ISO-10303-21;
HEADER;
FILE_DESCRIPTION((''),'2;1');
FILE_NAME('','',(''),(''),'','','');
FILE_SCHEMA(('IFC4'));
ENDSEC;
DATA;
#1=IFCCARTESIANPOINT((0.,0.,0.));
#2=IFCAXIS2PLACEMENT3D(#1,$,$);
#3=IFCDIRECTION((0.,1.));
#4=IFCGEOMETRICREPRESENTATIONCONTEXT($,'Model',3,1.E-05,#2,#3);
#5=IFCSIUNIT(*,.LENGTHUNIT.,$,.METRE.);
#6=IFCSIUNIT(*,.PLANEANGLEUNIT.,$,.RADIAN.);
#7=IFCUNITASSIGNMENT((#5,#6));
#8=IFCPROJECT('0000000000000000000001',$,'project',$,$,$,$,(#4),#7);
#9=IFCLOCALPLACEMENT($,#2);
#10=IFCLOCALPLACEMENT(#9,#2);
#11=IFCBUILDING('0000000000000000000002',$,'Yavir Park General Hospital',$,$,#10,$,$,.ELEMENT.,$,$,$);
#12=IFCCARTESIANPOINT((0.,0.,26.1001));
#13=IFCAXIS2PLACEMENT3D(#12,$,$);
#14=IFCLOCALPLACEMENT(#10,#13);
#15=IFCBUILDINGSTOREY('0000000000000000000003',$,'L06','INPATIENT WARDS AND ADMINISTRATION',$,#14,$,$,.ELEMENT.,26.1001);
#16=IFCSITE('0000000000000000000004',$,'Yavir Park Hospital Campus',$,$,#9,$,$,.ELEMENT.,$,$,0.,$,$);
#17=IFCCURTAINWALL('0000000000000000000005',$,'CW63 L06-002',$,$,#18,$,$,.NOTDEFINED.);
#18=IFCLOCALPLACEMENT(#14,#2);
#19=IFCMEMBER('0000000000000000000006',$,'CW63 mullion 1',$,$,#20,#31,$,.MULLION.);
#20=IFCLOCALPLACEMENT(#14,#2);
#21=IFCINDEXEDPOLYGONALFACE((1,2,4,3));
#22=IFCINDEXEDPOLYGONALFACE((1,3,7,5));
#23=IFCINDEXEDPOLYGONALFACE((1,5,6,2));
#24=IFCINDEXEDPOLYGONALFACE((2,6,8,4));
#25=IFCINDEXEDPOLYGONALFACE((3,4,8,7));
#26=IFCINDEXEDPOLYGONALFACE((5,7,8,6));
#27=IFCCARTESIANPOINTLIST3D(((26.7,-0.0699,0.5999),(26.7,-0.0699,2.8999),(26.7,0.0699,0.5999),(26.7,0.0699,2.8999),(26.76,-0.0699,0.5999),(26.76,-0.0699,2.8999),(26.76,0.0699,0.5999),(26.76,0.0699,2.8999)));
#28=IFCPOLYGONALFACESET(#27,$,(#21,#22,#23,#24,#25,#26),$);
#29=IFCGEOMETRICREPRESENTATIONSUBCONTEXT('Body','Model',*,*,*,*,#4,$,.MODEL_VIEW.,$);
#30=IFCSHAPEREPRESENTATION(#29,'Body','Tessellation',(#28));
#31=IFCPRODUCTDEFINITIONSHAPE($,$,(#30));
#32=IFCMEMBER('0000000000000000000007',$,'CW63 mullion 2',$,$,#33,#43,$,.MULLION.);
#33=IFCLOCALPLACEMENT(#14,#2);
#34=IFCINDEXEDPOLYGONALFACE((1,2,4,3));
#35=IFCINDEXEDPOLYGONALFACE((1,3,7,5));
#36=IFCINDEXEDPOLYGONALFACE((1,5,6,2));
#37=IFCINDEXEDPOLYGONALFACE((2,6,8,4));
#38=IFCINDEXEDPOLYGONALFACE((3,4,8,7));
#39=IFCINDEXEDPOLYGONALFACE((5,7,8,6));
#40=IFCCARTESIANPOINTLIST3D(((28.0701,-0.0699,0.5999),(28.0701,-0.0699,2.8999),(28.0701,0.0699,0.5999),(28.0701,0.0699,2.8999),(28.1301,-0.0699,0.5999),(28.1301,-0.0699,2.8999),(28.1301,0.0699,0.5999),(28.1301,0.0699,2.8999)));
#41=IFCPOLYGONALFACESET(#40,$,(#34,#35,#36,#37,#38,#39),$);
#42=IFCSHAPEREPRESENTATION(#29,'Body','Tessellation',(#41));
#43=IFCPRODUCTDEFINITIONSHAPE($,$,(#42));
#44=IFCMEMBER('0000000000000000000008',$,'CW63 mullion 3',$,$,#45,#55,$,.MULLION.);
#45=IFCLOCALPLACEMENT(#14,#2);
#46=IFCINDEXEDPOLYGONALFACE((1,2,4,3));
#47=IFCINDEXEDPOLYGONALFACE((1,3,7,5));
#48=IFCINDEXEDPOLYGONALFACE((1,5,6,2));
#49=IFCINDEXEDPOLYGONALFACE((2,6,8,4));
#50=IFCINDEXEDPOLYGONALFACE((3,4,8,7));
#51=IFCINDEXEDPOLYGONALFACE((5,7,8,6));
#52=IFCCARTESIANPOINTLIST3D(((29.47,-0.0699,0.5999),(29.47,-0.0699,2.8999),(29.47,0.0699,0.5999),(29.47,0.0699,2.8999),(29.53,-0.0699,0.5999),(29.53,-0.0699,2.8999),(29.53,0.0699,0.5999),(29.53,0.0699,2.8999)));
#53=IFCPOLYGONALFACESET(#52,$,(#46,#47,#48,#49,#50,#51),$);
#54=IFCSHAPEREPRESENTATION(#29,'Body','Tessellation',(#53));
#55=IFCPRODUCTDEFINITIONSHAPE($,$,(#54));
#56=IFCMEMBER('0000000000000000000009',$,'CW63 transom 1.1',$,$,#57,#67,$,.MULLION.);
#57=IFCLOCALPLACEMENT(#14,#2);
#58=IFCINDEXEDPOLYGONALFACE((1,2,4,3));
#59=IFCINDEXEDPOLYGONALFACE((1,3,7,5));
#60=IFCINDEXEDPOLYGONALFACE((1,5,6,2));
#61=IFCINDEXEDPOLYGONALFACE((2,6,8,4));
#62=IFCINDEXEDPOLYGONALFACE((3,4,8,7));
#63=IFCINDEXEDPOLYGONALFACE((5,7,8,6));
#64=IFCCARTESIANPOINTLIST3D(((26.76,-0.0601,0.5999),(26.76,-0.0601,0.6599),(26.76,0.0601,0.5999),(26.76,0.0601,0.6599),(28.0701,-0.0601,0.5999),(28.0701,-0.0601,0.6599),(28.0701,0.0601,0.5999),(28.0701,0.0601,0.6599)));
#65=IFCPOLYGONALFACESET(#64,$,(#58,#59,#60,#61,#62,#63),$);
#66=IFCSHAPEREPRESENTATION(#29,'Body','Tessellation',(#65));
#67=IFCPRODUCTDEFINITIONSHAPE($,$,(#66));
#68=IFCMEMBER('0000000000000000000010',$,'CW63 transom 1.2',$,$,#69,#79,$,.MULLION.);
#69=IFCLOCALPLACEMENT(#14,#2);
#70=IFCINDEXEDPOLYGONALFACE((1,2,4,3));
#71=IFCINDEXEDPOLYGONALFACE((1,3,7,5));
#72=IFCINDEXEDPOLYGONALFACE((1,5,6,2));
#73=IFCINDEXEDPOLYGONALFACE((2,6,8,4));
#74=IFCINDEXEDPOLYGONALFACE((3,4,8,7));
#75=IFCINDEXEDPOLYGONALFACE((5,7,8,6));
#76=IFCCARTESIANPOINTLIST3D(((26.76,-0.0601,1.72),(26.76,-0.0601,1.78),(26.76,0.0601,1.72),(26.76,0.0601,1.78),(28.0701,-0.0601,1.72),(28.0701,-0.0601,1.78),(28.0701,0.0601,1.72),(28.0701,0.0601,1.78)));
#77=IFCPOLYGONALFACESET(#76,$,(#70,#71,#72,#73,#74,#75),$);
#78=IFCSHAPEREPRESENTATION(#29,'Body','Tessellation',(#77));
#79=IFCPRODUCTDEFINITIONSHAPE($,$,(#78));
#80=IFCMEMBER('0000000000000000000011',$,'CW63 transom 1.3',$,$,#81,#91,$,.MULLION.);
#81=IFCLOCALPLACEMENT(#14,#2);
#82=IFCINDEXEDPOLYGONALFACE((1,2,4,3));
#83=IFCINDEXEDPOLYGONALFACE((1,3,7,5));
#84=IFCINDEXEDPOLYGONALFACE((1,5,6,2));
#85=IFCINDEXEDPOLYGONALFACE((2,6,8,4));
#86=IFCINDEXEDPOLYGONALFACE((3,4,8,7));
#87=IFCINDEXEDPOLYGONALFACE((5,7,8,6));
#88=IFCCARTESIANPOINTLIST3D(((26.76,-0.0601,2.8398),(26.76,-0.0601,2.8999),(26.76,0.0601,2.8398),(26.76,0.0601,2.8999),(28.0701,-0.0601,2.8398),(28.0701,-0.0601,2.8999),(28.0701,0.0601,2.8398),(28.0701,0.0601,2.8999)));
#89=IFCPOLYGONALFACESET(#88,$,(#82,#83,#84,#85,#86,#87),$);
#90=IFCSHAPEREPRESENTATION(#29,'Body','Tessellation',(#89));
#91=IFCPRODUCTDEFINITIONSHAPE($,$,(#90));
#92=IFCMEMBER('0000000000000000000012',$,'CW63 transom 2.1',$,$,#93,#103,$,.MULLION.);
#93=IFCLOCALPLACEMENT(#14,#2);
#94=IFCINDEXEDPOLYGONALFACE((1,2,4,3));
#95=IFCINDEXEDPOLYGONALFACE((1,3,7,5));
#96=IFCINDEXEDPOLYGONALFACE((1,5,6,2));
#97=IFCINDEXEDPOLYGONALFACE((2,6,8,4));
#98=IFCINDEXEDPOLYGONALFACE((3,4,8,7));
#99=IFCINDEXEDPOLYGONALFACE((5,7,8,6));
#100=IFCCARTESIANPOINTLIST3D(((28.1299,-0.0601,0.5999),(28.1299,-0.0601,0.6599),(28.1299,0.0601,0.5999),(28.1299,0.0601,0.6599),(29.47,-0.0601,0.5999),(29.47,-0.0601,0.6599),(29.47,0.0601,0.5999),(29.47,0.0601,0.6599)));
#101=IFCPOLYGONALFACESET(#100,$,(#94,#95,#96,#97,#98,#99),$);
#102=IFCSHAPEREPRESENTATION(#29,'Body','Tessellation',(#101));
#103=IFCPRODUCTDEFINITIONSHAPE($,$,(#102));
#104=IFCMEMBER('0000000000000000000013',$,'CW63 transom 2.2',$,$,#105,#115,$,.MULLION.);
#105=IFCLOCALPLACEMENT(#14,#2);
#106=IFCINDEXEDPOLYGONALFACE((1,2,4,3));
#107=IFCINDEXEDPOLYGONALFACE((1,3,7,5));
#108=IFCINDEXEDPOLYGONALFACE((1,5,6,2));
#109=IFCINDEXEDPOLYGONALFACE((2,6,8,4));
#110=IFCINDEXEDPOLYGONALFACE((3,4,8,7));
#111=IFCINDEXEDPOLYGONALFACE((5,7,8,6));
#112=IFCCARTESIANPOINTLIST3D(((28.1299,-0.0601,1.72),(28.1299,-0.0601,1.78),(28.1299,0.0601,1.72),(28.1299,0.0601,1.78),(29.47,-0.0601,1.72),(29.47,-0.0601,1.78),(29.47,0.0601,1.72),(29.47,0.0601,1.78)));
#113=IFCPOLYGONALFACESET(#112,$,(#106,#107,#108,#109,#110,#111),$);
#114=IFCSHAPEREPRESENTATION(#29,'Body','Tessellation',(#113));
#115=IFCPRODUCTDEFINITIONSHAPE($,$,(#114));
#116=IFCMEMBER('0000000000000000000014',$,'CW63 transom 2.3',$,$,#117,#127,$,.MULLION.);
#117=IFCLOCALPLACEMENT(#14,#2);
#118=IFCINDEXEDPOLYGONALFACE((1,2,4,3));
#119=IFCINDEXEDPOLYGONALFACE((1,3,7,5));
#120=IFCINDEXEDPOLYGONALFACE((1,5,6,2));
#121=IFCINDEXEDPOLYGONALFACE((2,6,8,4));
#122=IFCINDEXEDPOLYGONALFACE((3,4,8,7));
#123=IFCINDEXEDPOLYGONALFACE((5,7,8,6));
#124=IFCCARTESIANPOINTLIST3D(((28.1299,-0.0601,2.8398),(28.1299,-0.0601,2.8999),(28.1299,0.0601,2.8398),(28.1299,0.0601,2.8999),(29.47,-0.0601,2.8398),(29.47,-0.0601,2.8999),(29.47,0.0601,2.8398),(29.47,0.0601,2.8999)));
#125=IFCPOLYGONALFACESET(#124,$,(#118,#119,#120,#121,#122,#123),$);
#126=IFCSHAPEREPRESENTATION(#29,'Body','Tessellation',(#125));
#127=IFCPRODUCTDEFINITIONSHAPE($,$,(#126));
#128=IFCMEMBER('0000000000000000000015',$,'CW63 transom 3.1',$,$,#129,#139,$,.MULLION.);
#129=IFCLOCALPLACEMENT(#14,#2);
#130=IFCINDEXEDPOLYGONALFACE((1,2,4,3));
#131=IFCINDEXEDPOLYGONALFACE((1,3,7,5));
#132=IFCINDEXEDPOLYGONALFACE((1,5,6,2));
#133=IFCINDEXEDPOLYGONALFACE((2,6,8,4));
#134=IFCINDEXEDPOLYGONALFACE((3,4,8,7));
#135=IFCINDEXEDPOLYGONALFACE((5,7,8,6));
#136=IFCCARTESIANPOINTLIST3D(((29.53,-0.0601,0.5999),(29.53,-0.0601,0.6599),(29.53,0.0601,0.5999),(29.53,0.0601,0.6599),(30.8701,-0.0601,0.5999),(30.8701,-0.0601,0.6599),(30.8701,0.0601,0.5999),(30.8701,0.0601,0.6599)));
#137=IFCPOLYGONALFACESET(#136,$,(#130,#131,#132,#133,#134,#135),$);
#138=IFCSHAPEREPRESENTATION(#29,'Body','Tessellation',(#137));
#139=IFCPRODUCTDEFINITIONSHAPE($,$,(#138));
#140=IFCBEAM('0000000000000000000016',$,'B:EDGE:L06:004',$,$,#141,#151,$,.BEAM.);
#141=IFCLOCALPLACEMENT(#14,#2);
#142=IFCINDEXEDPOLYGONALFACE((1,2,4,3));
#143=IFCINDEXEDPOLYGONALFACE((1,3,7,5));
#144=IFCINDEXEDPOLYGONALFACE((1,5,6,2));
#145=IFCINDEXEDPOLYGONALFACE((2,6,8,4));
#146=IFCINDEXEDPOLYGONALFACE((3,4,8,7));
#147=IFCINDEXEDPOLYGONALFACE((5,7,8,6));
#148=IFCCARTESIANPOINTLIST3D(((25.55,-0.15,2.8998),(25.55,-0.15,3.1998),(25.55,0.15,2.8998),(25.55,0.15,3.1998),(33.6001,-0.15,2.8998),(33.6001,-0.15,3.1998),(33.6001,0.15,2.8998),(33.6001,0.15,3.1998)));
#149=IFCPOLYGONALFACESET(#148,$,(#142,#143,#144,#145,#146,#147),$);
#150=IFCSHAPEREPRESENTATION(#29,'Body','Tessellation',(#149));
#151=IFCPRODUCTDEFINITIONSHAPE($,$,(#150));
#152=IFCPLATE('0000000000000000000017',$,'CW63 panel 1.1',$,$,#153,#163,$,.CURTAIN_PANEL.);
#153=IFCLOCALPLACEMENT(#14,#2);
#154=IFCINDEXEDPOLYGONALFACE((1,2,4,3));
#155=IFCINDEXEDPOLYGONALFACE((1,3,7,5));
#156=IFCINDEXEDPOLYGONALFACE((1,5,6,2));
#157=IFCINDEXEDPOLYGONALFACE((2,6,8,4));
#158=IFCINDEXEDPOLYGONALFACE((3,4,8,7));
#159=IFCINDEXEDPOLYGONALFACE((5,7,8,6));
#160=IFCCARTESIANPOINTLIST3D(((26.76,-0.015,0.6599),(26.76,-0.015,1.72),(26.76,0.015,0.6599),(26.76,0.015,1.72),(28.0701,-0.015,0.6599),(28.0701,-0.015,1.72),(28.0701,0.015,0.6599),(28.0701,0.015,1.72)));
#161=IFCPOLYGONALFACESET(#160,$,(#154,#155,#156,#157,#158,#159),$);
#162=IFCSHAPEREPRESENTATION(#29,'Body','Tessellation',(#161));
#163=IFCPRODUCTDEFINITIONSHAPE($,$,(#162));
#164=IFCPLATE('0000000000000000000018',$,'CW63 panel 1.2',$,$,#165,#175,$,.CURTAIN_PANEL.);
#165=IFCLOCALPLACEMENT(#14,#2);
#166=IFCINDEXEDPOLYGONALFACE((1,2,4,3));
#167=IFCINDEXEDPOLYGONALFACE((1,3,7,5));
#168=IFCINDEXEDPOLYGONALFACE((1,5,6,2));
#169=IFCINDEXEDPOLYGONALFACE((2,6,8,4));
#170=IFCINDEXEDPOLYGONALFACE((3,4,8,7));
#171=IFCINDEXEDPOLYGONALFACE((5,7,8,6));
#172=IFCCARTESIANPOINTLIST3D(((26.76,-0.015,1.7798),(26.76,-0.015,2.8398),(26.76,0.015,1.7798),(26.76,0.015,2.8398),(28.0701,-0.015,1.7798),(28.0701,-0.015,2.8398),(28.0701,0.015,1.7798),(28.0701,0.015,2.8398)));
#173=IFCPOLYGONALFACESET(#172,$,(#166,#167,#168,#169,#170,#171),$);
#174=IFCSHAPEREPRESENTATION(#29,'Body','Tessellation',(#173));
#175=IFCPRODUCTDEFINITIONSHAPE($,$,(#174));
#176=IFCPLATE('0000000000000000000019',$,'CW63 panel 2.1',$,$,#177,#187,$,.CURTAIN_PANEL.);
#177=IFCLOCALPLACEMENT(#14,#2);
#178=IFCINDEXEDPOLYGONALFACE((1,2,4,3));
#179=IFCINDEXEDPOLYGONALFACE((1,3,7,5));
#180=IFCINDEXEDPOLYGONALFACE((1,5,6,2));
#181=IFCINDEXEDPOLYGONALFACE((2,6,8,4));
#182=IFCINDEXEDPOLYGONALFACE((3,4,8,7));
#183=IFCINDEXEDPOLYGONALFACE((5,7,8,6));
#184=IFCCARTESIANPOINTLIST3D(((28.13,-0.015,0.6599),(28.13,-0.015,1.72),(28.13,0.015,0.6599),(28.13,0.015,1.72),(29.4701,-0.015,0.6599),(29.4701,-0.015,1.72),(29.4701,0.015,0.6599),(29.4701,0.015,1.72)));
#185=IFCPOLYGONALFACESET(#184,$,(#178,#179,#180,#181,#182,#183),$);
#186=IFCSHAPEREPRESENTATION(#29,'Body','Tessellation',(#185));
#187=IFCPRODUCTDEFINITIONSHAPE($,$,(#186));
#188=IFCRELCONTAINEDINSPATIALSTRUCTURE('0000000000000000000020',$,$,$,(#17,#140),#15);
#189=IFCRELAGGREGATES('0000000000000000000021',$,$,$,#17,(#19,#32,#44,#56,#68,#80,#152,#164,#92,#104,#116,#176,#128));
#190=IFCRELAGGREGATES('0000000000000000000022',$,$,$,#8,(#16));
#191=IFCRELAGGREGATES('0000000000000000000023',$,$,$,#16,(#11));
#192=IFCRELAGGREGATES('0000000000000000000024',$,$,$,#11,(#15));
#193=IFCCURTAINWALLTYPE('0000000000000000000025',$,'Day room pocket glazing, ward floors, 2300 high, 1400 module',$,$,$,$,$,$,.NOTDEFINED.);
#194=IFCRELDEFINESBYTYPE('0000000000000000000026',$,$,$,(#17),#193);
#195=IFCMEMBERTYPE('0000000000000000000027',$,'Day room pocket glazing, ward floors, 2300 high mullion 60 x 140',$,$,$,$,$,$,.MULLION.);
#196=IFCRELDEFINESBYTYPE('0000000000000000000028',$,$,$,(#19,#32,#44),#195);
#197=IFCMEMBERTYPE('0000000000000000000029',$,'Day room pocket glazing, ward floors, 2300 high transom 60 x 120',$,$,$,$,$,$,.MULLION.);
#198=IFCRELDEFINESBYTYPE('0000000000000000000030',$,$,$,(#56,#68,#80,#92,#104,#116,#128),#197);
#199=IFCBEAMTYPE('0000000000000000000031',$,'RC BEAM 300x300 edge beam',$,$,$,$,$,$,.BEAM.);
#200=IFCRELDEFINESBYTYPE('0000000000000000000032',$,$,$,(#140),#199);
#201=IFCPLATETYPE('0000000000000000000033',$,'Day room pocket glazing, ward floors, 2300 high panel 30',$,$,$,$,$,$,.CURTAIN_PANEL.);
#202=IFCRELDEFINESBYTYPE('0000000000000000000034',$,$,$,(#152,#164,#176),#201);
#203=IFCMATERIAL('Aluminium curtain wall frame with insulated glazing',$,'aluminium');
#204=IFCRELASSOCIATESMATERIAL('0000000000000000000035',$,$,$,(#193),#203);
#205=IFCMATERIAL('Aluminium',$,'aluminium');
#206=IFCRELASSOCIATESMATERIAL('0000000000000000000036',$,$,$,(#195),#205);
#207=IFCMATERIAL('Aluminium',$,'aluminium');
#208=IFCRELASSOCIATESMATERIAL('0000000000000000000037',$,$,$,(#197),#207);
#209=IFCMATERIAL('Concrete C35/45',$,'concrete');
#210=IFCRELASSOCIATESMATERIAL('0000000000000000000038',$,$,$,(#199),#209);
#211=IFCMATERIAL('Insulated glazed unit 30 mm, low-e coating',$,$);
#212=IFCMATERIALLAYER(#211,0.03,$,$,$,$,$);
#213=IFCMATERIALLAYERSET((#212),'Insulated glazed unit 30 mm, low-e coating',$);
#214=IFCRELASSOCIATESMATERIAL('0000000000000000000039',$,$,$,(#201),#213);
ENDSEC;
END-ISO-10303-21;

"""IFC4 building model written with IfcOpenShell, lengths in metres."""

from ifc_helpers import new_model, si_unit, direction, frame, origin, origin_2d, place, context, subcontext, project, spatial, rectangle, extrude, material, layer, layer_set, material_profile, profile_set, type_object, element, aggregate, save


model = new_model("IFC4")

# Units and contexts
model_context = context("Model", 3, precision=1e-05, world=origin(), true_north=direction((0.0, 1.0)))
body_context = subcontext(model_context, "Body", "Model", "MODEL_VIEW")
ifc_project = project(units=[si_unit("LENGTHUNIT", "METRE"), si_unit("PLANEANGLEUNIT", "RADIAN")], contexts=[model_context])

# Site, building, storey
site_placement = place(None, origin())
site = spatial("IfcSite", under=ifc_project, at=site_placement, Name="Yavir Park Hospital Campus", CompositionType="ELEMENT", RefElevation=0.0)
building_placement = place(site_placement, origin())
building = spatial("IfcBuilding", under=site, at=building_placement, Name="Yavir Park General Hospital", CompositionType="ELEMENT")
storey_placement = place(building_placement, frame((0.0, 0.0, 26.1001)))
storey = spatial("IfcBuildingStorey", under=building, at=storey_placement, Name="L06", Description="INPATIENT WARDS AND ADMINISTRATION", CompositionType="ELEMENT", Elevation=26.1001)

# Curtain wall, members
ifc_material_1 = material(Name="Aluminium curtain wall frame with insulated glazing", Category="aluminium")
curtain_wall_type = type_object("IfcCurtainWallType", Name="Day room pocket glazing, ward floors, 2300 high, 1400 module", PredefinedType="NOTDEFINED", material=ifc_material_1)
curtain_wall_placement = place(storey_placement, origin())
curtain_wall = element("IfcCurtainWall", 1, at=curtain_wall_placement, inside=storey, type_object=curtain_wall_type, Name="CW63 L06-002", PredefinedType="NOTDEFINED")
ifc_material_2 = material(Name="Aluminium", Category="aluminium")
ifc_material_profile_1 = material_profile(ifc_material_2, rectangle(XDim=0.1399, YDim=0.0601, at=origin_2d()), Name="AL 60x140")
ifc_profile_set_1 = profile_set([ifc_material_profile_1], Name="Aluminium")
member_type_1 = type_object("IfcMemberType", Name="Day room pocket glazing, ward floors, 2300 high mullion 60 x 140", PredefinedType="MULLION", material=ifc_profile_set_1)
member_1_placement = place(storey_placement, frame((26.73, 0.0, 0.5999), z_axis=(0.0, 0.0, 1.0), x_axis=(0.0, 1.0, 0.0)))
member_1 = element("IfcMember", 2, at=member_1_placement, type_object=member_type_1, Name="CW63 mullion 1", PredefinedType="MULLION", context=body_context, shape_type="SweptSolid", body=[
    extrude(rectangle(XDim=0.1399, YDim=0.0601, at=origin_2d()), origin(), (0.0, 0.0, 1.0), 2.3),
])
member_2_placement = place(storey_placement, frame((28.1001, 0.0, 0.5999), z_axis=(0.0, 0.0, 1.0), x_axis=(0.0, 1.0, 0.0)))
member_2 = element("IfcMember", 3, at=member_2_placement, type_object=member_type_1, Name="CW63 mullion 2", PredefinedType="MULLION", context=body_context, shape_type="SweptSolid", body=[
    extrude(rectangle(XDim=0.1399, YDim=0.0601, at=origin_2d()), origin(), (0.0, 0.0, 1.0), 2.3),
])
member_3_placement = place(storey_placement, frame((29.5, 0.0, 0.5999), z_axis=(0.0, 0.0, 1.0), x_axis=(0.0, 1.0, 0.0)))
member_3 = element("IfcMember", 4, at=member_3_placement, type_object=member_type_1, Name="CW63 mullion 3", PredefinedType="MULLION", context=body_context, shape_type="SweptSolid", body=[
    extrude(rectangle(XDim=0.1399, YDim=0.0601, at=origin_2d()), origin(), (0.0, 0.0, 1.0), 2.3),
])
ifc_material_3 = material(Name="Aluminium", Category="aluminium")
ifc_material_profile_2 = material_profile(ifc_material_3, rectangle(XDim=0.1201, YDim=0.0601, at=origin_2d()), Name="AL 120x60")
ifc_profile_set_2 = profile_set([ifc_material_profile_2], Name="Aluminium")
member_type_2 = type_object("IfcMemberType", Name="Day room pocket glazing, ward floors, 2300 high transom 60 x 120", PredefinedType="MULLION", material=ifc_profile_set_2)
member_4_placement = place(storey_placement, frame((26.76, 0.0, 0.6299), z_axis=(1.0, 0.0, 0.0), x_axis=(0.0, 1.0, 0.0)))
member_4 = element("IfcMember", 5, at=member_4_placement, type_object=member_type_2, Name="CW63 transom 1.1", PredefinedType="MULLION", context=body_context, shape_type="SweptSolid", body=[
    extrude(rectangle(XDim=0.1201, YDim=0.0601, at=origin_2d()), origin(), (0.0, 0.0, 1.0), 1.3101),
])
member_5_placement = place(storey_placement, frame((26.76, 0.0, 1.75), z_axis=(1.0, 0.0, 0.0), x_axis=(0.0, 1.0, 0.0)))
member_5 = element("IfcMember", 6, at=member_5_placement, type_object=member_type_2, Name="CW63 transom 1.2", PredefinedType="MULLION", context=body_context, shape_type="SweptSolid", body=[
    extrude(rectangle(XDim=0.1201, YDim=0.0601, at=origin_2d()), origin(), (0.0, 0.0, 1.0), 1.3101),
])
member_6_placement = place(storey_placement, frame((26.76, 0.0, 2.8699), z_axis=(1.0, 0.0, 0.0), x_axis=(0.0, 1.0, 0.0)))
member_6 = element("IfcMember", 7, at=member_6_placement, type_object=member_type_2, Name="CW63 transom 1.3", PredefinedType="MULLION", context=body_context, shape_type="SweptSolid", body=[
    extrude(rectangle(XDim=0.1201, YDim=0.0601, at=origin_2d()), origin(), (0.0, 0.0, 1.0), 1.3101),
])
member_7_placement = place(storey_placement, frame((28.1299, 0.0, 0.6299), z_axis=(1.0, 0.0, 0.0), x_axis=(0.0, 1.0, 0.0)))
member_7 = element("IfcMember", 8, at=member_7_placement, type_object=member_type_2, Name="CW63 transom 2.1", PredefinedType="MULLION", context=body_context, shape_type="SweptSolid", body=[
    extrude(rectangle(XDim=0.1201, YDim=0.0601, at=origin_2d()), origin(), (0.0, 0.0, 1.0), 1.3401),
])
member_8_placement = place(storey_placement, frame((28.1299, 0.0, 1.75), z_axis=(1.0, 0.0, 0.0), x_axis=(0.0, 1.0, 0.0)))
member_8 = element("IfcMember", 9, at=member_8_placement, type_object=member_type_2, Name="CW63 transom 2.2", PredefinedType="MULLION", context=body_context, shape_type="SweptSolid", body=[
    extrude(rectangle(XDim=0.1201, YDim=0.0601, at=origin_2d()), origin(), (0.0, 0.0, 1.0), 1.3401),
])
member_9_placement = place(storey_placement, frame((28.1299, 0.0, 2.8699), z_axis=(1.0, 0.0, 0.0), x_axis=(0.0, 1.0, 0.0)))
member_9 = element("IfcMember", 10, at=member_9_placement, type_object=member_type_2, Name="CW63 transom 2.3", PredefinedType="MULLION", context=body_context, shape_type="SweptSolid", body=[
    extrude(rectangle(XDim=0.1201, YDim=0.0601, at=origin_2d()), origin(), (0.0, 0.0, 1.0), 1.3401),
])
member_10_placement = place(storey_placement, frame((29.53, 0.0, 0.6299), z_axis=(1.0, 0.0, 0.0), x_axis=(0.0, 1.0, 0.0)))
member_10 = element("IfcMember", 11, at=member_10_placement, type_object=member_type_2, Name="CW63 transom 3.1", PredefinedType="MULLION", context=body_context, shape_type="SweptSolid", body=[
    extrude(rectangle(XDim=0.1201, YDim=0.0601, at=origin_2d()), origin(), (0.0, 0.0, 1.0), 1.3401),
])

# Beam
ifc_material_4 = material(Name="Concrete C35/45", Category="concrete")
ifc_material_profile_3 = material_profile(ifc_material_4, rectangle(XDim=0.3, YDim=0.3, at=origin_2d()), Name="RC300x300")
ifc_profile_set_3 = profile_set([ifc_material_profile_3], Name="Concrete C35/45")
beam_type = type_object("IfcBeamType", Name="RC BEAM 300x300 edge beam", PredefinedType="BEAM", material=ifc_profile_set_3)
beam_placement = place(storey_placement, frame((25.55, 0.0, 3.0498), z_axis=(1.0, 0.0, 0.0), x_axis=(0.0, 1.0, 0.0)))
element("IfcBeam", 12, at=beam_placement, inside=storey, type_object=beam_type, Name="B:EDGE:L06:004", PredefinedType="BEAM", context=body_context, shape_type="SweptSolid", body=[
    extrude(rectangle(XDim=0.3, YDim=0.3, at=origin_2d()), origin(), (0.0, 0.0, 1.0), 8.05),
])

# Plates
ifc_material_5 = material(Name="Insulated glazed unit 30 mm, low-e coating")
ifc_layer_1 = layer(ifc_material_5, 0.03)
ifc_layer_set_1 = layer_set([ifc_layer_1], Name="Insulated glazed unit 30 mm, low-e coating")
plate_type = type_object("IfcPlateType", Name="Day room pocket glazing, ward floors, 2300 high panel 30", PredefinedType="CURTAIN_PANEL", material=ifc_layer_set_1)
plate_1_placement = place(storey_placement, frame((27.415, 0.0, 0.6599), z_axis=(0.0, 0.0, 1.0), x_axis=(1.0, 0.0, 0.0)))
plate_1 = element("IfcPlate", 13, at=plate_1_placement, type_object=plate_type, Name="CW63 panel 1.1", PredefinedType="CURTAIN_PANEL", context=body_context, shape_type="SweptSolid", body=[
    extrude(rectangle(XDim=1.3101, YDim=0.03, at=origin_2d()), origin(), (0.0, 0.0, 1.0), 1.0601),
])
plate_2_placement = place(storey_placement, frame((27.415, 0.0, 1.7798), z_axis=(0.0, 0.0, 1.0), x_axis=(1.0, 0.0, 0.0)))
plate_2 = element("IfcPlate", 14, at=plate_2_placement, type_object=plate_type, Name="CW63 panel 1.2", PredefinedType="CURTAIN_PANEL", context=body_context, shape_type="SweptSolid", body=[
    extrude(rectangle(XDim=1.3101, YDim=0.03, at=origin_2d()), origin(), (0.0, 0.0, 1.0), 1.0601),
])
plate_3_placement = place(storey_placement, frame((28.8, 0.0, 0.6599), z_axis=(0.0, 0.0, 1.0), x_axis=(1.0, 0.0, 0.0)))
plate_3 = element("IfcPlate", 15, at=plate_3_placement, type_object=plate_type, Name="CW63 panel 2.1", PredefinedType="CURTAIN_PANEL", context=body_context, shape_type="SweptSolid", body=[
    extrude(rectangle(XDim=1.3401, YDim=0.03, at=origin_2d()), origin(), (0.0, 0.0, 1.0), 1.0601),
])
aggregate(curtain_wall, [member_1, member_2, member_3, member_4, member_5, member_6, plate_1, plate_2, member_7, member_8, member_9, plate_3, member_10])

save(model, "model.ifc")
